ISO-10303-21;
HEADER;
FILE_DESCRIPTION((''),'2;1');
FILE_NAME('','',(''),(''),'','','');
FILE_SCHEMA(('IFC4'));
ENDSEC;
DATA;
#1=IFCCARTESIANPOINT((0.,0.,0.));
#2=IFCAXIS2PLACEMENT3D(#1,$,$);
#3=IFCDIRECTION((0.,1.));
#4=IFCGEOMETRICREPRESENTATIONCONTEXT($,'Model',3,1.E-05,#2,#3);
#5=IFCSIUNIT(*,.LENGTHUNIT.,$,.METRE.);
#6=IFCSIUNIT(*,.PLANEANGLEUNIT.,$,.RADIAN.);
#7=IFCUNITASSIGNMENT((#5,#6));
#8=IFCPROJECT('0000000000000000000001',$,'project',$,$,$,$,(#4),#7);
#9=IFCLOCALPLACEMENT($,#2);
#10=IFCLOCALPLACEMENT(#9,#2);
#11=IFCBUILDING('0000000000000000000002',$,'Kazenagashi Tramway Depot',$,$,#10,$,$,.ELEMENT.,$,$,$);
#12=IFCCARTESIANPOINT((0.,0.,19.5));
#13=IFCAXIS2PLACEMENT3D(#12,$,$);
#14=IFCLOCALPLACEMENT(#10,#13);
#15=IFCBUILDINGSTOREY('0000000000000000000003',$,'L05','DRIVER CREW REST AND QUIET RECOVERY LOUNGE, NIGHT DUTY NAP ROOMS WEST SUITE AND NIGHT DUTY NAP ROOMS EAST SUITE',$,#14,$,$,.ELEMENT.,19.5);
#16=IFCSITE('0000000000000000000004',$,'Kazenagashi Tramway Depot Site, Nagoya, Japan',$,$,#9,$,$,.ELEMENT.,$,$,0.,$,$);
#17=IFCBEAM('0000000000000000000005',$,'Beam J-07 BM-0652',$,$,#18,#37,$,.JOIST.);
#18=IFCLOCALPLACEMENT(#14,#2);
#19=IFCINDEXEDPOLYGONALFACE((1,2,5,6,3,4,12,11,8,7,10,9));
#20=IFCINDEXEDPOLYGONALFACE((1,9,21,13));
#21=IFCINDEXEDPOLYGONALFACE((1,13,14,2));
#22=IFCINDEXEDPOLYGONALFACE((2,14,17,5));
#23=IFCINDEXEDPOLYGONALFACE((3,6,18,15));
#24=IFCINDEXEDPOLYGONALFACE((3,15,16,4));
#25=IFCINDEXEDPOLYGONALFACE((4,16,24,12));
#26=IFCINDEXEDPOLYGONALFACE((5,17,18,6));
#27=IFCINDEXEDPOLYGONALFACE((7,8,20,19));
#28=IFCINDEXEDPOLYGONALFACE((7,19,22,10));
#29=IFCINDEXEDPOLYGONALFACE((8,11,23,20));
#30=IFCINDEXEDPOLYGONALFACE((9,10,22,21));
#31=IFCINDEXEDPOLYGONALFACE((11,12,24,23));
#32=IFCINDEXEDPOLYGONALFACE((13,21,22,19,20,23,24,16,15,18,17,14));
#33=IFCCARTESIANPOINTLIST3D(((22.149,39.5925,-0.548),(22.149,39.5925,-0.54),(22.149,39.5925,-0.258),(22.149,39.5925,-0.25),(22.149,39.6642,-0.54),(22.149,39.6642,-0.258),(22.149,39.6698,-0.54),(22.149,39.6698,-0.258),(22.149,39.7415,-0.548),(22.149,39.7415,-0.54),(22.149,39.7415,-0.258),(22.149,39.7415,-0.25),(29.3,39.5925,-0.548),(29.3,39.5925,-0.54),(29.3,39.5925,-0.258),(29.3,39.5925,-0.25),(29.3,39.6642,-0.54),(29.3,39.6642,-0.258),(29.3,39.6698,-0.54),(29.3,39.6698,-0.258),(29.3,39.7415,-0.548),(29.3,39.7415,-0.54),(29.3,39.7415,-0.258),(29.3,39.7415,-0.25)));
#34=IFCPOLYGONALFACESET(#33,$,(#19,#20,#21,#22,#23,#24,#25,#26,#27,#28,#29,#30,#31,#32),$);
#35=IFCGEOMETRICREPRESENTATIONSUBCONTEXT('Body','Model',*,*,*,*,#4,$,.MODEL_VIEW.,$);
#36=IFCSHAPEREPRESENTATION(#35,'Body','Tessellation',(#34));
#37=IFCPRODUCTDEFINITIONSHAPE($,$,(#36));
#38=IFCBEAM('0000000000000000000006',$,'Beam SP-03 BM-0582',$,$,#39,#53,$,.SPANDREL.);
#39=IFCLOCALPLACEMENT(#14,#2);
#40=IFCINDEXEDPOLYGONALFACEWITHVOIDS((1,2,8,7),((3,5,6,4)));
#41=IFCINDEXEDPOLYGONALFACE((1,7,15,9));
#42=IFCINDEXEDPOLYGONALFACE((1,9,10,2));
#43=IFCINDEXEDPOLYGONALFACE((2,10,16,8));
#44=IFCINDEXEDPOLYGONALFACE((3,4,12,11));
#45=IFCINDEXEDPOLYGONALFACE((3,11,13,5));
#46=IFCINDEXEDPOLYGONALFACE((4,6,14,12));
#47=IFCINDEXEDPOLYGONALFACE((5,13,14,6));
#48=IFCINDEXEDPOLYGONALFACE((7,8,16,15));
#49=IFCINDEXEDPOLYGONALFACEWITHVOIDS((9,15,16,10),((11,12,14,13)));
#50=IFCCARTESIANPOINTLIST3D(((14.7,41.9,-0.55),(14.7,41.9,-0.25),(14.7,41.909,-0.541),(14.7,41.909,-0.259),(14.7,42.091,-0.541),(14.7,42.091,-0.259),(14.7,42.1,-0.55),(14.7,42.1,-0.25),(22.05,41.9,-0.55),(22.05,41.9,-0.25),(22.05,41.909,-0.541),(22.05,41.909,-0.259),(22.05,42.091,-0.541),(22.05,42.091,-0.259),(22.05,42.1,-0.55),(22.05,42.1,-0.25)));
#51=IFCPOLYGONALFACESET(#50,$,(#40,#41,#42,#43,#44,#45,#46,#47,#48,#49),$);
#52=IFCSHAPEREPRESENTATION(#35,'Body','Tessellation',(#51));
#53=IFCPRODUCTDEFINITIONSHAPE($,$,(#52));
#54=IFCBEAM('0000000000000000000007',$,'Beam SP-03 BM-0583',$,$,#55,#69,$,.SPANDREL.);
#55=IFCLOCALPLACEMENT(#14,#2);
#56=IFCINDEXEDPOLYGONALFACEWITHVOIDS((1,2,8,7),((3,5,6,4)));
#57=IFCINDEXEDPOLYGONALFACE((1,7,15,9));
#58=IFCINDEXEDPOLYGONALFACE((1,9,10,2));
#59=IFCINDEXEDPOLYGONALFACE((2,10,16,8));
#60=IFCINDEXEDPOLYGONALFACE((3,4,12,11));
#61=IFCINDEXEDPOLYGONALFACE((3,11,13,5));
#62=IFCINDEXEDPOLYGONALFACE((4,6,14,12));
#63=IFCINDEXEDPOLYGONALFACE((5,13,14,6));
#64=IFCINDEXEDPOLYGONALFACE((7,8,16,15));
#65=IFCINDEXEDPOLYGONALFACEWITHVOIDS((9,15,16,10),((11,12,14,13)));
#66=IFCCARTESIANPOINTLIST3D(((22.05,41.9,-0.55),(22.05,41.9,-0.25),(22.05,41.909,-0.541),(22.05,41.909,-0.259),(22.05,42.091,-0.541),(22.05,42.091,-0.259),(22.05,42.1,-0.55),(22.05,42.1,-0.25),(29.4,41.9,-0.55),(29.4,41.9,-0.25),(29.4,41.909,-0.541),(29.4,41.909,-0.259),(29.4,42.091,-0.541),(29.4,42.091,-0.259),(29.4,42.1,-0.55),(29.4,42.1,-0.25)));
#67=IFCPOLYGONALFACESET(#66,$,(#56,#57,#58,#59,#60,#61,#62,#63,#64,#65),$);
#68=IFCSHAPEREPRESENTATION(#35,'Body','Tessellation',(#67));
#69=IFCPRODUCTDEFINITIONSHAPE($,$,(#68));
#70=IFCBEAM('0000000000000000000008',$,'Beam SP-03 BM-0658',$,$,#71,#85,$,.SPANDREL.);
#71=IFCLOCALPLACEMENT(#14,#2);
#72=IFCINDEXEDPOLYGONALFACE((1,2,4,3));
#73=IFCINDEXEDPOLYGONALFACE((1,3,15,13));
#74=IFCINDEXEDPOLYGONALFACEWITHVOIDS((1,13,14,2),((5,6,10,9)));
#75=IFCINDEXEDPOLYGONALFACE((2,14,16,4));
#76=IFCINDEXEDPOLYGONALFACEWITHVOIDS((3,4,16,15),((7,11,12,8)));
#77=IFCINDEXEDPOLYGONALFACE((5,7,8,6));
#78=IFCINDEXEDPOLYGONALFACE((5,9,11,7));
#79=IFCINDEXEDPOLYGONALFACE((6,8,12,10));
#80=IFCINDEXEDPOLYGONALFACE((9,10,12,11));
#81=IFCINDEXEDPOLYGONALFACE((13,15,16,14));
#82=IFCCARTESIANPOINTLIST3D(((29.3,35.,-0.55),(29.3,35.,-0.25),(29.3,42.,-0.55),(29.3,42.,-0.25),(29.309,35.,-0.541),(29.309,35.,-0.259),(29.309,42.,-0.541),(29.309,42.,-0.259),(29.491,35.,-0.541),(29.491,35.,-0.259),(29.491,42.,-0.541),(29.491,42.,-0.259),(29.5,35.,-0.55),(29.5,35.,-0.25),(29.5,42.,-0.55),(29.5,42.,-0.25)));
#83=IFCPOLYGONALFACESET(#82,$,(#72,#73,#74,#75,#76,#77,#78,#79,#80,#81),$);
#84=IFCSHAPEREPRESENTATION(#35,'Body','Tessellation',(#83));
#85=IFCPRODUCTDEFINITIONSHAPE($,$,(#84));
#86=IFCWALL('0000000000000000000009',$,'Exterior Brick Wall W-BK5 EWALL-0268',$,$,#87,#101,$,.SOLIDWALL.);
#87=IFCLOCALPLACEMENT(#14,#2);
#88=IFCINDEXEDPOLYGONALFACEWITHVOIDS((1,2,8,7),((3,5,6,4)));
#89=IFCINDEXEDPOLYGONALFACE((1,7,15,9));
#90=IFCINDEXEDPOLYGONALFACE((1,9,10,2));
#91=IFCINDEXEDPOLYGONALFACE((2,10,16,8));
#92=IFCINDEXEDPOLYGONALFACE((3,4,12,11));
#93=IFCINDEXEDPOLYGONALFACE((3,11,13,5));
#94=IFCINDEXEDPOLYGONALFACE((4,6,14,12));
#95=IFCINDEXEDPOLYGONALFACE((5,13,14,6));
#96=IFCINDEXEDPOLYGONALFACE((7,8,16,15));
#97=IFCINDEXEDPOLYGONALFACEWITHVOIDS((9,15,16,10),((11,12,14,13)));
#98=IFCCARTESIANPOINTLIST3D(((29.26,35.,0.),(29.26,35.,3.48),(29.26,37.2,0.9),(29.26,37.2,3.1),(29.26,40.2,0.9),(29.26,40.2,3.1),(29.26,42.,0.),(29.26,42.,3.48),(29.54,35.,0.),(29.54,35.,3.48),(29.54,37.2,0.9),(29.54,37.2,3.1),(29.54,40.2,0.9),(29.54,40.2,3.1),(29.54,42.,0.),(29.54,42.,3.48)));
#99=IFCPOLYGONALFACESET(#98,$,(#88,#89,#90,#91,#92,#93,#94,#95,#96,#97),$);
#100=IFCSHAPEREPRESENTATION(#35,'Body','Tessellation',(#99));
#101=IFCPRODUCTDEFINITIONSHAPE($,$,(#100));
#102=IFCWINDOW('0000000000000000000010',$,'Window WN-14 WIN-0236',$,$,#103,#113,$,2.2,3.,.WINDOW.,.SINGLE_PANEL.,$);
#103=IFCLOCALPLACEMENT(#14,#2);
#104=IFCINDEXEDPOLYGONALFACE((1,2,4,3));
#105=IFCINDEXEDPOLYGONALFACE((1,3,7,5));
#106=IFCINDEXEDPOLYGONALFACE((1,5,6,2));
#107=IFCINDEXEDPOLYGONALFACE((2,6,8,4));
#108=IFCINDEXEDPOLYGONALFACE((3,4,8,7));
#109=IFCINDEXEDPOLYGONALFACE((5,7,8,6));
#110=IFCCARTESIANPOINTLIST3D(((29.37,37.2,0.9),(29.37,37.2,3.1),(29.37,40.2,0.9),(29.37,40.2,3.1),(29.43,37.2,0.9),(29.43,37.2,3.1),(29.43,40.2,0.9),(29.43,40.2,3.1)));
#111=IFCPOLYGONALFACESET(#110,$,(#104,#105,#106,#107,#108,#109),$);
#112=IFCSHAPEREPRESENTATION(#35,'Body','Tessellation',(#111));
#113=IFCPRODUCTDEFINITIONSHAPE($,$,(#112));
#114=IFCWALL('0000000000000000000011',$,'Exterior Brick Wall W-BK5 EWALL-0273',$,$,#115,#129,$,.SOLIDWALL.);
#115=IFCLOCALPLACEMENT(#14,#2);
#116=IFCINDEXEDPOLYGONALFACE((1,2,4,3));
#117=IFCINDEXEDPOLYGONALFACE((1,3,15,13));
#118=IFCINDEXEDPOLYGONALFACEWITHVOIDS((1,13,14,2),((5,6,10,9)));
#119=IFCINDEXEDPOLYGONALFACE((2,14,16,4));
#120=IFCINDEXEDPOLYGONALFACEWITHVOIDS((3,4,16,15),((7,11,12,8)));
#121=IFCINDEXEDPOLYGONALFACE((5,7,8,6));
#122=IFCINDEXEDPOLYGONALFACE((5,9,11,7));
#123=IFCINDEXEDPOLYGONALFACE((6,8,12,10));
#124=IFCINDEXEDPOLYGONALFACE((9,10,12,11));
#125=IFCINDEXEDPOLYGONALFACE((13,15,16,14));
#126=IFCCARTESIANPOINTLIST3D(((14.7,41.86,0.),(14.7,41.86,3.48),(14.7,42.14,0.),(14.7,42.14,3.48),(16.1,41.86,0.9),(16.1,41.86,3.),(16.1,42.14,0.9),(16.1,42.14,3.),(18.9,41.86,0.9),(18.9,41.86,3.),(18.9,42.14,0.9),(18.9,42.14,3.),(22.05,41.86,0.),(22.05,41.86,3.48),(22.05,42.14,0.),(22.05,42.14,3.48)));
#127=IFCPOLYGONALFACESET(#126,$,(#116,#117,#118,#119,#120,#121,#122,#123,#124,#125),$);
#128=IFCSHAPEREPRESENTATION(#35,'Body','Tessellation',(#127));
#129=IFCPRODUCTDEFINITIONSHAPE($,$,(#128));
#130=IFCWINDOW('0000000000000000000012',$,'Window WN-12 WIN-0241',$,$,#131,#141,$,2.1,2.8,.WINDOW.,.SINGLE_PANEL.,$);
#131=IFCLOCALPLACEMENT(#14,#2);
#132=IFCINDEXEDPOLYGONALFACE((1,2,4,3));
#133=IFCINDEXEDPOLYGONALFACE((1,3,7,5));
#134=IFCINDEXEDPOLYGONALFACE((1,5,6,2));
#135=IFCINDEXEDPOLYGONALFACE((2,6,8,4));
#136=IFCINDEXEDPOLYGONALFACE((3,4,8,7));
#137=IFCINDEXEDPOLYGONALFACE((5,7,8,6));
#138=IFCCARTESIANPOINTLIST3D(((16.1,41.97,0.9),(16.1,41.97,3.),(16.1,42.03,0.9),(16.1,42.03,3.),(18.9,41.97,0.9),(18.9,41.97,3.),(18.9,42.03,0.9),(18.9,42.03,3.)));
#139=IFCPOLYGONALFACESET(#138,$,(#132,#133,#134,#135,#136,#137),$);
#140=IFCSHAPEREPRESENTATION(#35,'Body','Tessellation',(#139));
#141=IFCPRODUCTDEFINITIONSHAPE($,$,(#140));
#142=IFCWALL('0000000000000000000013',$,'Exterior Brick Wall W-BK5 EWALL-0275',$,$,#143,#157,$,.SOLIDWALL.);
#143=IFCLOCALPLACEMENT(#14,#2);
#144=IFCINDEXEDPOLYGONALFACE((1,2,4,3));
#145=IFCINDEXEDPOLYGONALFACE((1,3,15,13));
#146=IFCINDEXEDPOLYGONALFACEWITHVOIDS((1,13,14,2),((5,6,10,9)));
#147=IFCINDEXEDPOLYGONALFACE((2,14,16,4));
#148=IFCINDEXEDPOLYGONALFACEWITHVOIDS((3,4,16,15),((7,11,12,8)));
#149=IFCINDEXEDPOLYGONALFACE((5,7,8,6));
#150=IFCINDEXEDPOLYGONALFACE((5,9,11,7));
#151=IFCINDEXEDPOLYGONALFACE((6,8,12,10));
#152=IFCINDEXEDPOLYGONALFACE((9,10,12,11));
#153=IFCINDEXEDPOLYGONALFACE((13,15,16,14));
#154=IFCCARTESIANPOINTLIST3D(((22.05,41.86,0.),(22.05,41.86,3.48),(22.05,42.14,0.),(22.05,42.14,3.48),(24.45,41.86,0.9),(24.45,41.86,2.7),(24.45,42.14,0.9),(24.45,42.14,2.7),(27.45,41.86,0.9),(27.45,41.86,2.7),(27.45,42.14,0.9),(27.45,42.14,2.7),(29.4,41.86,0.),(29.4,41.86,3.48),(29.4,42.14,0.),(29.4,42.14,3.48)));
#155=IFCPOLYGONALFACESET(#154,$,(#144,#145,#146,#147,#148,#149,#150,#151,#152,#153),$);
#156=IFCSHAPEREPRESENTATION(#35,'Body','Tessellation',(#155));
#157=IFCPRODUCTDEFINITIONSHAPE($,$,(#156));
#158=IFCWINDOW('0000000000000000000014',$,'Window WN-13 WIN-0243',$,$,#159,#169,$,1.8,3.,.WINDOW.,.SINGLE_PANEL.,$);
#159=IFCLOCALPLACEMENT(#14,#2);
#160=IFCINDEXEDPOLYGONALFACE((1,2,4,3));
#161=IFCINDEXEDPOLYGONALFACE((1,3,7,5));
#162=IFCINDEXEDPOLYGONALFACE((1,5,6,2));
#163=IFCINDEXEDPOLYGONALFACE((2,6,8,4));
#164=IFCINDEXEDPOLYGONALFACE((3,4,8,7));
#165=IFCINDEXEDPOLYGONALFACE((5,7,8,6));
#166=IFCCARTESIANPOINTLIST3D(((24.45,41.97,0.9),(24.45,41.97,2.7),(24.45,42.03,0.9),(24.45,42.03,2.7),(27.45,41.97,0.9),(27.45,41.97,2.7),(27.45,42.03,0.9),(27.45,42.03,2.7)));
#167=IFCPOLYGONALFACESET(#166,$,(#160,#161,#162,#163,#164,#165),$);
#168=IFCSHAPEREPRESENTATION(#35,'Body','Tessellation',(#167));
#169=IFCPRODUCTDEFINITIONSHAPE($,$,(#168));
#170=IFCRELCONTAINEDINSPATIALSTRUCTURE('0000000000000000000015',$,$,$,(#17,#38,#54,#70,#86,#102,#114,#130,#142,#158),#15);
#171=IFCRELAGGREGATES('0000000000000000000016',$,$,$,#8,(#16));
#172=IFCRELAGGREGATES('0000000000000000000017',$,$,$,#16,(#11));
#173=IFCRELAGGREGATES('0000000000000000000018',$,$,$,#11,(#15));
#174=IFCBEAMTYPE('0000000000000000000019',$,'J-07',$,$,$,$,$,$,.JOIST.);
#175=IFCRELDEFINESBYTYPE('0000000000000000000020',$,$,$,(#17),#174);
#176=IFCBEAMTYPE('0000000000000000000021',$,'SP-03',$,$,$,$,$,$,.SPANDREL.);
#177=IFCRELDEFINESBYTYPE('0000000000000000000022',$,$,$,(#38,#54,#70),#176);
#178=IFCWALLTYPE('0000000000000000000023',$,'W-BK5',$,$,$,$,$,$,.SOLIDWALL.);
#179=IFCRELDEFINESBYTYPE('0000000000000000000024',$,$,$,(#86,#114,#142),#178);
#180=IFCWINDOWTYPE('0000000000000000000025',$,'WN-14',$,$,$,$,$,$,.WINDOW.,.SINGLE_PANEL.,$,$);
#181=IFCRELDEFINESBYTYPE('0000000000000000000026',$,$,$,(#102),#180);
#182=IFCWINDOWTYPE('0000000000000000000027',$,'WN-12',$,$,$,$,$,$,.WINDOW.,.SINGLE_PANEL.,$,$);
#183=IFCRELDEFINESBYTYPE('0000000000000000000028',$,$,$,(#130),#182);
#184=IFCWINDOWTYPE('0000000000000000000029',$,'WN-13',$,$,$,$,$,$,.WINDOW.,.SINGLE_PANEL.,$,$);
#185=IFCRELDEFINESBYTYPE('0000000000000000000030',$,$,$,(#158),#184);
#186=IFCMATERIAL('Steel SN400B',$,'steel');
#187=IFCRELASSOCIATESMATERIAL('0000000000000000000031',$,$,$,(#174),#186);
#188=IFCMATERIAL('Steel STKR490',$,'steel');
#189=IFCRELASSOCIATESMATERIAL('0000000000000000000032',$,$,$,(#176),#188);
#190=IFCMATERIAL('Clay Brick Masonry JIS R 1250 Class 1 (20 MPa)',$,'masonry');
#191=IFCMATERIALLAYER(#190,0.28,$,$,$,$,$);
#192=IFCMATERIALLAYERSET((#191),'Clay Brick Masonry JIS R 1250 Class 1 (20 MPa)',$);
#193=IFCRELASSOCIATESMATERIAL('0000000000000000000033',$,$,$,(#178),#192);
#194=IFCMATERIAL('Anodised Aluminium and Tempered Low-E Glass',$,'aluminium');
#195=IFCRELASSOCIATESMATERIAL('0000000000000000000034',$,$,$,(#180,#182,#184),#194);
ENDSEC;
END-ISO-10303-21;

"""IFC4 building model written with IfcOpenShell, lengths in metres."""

from ifc_helpers import new_model, si_unit, direction, frame, frame_2d, origin, origin_2d, place, context, subcontext, project, spatial, rectangle, hollow_rectangle, i_section, extrude, material, layer, layer_set, material_profile, profile_set, type_object, element, fill, save


model = new_model("IFC4")

# Units and contexts
model_context = context("Model", 3, precision=1e-05, world=origin(), true_north=direction((0.0, 1.0)))
body_context = subcontext(model_context, "Body", "Model", "MODEL_VIEW")
ifc_project = project(units=[si_unit("LENGTHUNIT", "METRE"), si_unit("PLANEANGLEUNIT", "RADIAN")], contexts=[model_context])

# Site, building, storey
site_placement = place(None, origin())
site = spatial("IfcSite", under=ifc_project, at=site_placement, Name="Kazenagashi Tramway Depot Site, Nagoya, Japan", CompositionType="ELEMENT", RefElevation=0.0)
building_placement = place(site_placement, origin())
building = spatial("IfcBuilding", under=site, at=building_placement, Name="Kazenagashi Tramway Depot", CompositionType="ELEMENT")
storey_placement = place(building_placement, frame((0.0, 0.0, 19.5)))
storey = spatial("IfcBuildingStorey", under=building, at=storey_placement, Name="L05", Description="DRIVER CREW REST AND QUIET RECOVERY LOUNGE, NIGHT DUTY NAP ROOMS WEST SUITE AND NIGHT DUTY NAP ROOMS EAST SUITE", CompositionType="ELEMENT", Elevation=19.5)

# Shared definitions
ifc_material_1 = material(Name="Steel SN400B", Category="steel")

# Beams
ifc_material_profile_1 = material_profile(ifc_material_1, i_section(OverallWidth=0.149, OverallDepth=0.298, WebThickness=0.0055, FlangeThickness=0.008, at=origin_2d()), Name="H-298x149x5.5x8")
ifc_profile_set_1 = profile_set([ifc_material_profile_1], Name="Steel SN400B")
beam_type_1 = type_object("IfcBeamType", Name="J-07", PredefinedType="JOIST", material=ifc_profile_set_1)
beam_1_placement = place(storey_placement, frame((22.149, 39.667, -0.399), z_axis=(1.0, 0.0, 0.0), x_axis=(0.0, 1.0, 0.0)))
element("IfcBeam", 1, at=beam_1_placement, inside=storey, type_object=beam_type_1, Name="Beam J-07 BM-0652", PredefinedType="JOIST", context=body_context, shape_type="SweptSolid", body=[
    extrude(i_section(OverallWidth=0.149, OverallDepth=0.298, WebThickness=0.0055, FlangeThickness=0.008, at=origin_2d()), origin(), (0.0, 0.0, 1.0), 7.151),
])
ifc_material_2 = material(Name="Steel STKR490", Category="steel")
ifc_material_profile_2 = material_profile(ifc_material_2, hollow_rectangle(XDim=0.2, YDim=0.3, WallThickness=0.009, at=origin_2d()), Name="RHS-300x200x9")
ifc_profile_set_2 = profile_set([ifc_material_profile_2], Name="Steel STKR490")
beam_type_2 = type_object("IfcBeamType", Name="SP-03", PredefinedType="SPANDREL", material=ifc_profile_set_2)
for number, where, z_axis, x_axis, name in (
    (2, (14.7, 42.0, -0.4), (1.0, 0.0, 0.0), (0.0, 1.0, 0.0), "Beam SP-03 BM-0582"),
    (3, (22.05, 42.0, -0.4), (1.0, 0.0, 0.0), (0.0, 1.0, 0.0), "Beam SP-03 BM-0583"),
):
    element("IfcBeam", number, at=place(storey_placement, frame(where, z_axis=z_axis, x_axis=x_axis)), inside=storey, type_object=beam_type_2, Name=name, PredefinedType="SPANDREL", context=body_context, shape_type="SweptSolid", body=[
        extrude(hollow_rectangle(XDim=0.2, YDim=0.3, WallThickness=0.009, at=origin_2d()), origin(), (0.0, 0.0, 1.0), 7.35),
    ])
beam_2_placement = place(storey_placement, frame((29.4, 35.0, -0.4), z_axis=(0.0, 1.0, 0.0), x_axis=(-1.0, 0.0, 0.0)))
element("IfcBeam", 4, at=beam_2_placement, inside=storey, type_object=beam_type_2, Name="Beam SP-03 BM-0658", PredefinedType="SPANDREL", context=body_context, shape_type="SweptSolid", body=[
    extrude(hollow_rectangle(XDim=0.2, YDim=0.3, WallThickness=0.009, at=origin_2d()), origin(), (0.0, 0.0, 1.0), 7.0),
])

# Walls, openings, windows
ifc_material_3 = material(Name="Clay Brick Masonry JIS R 1250 Class 1 (20 MPa)", Category="masonry")
ifc_layer_1 = layer(ifc_material_3, 0.28)
ifc_layer_set_1 = layer_set([ifc_layer_1], Name="Clay Brick Masonry JIS R 1250 Class 1 (20 MPa)")
wall_type_1 = type_object("IfcWallType", Name="W-BK5", PredefinedType="SOLIDWALL", material=ifc_layer_set_1)
wall_1_placement = place(storey_placement, frame((29.4, 35.0, 0.0), z_axis=(0.0, 0.0, 1.0), x_axis=(0.0, 1.0, 0.0)))
wall_1 = element("IfcWall", 5, at=wall_1_placement, inside=storey, type_object=wall_type_1, Name="Exterior Brick Wall W-BK5 EWALL-0268", PredefinedType="SOLIDWALL", context=body_context, shape_type="SweptSolid", body=[
    extrude(rectangle(XDim=7.0, YDim=0.28, at=frame_2d((3.5, 0.0))), origin(), (0.0, 0.0, 1.0), 3.48),
])
opening_1_placement = place(wall_1_placement, frame((2.2, 0.0, 0.9)))
opening_1 = element("IfcOpeningElement", 6, at=opening_1_placement, cuts=wall_1, PredefinedType="OPENING", context=body_context, shape_type="SweptSolid", body=[
    extrude(rectangle(XDim=3.0, YDim=2.2, at=frame_2d((1.5, 1.1))), frame((0.0, 0.15, 0.0), z_axis=(0.0, -1.0, 0.0), x_axis=(1.0, 0.0, 0.0)), (0.0, 0.0, 1.0), 0.3),
])
ifc_material_4 = material(Name="Anodised Aluminium and Tempered Low-E Glass", Category="aluminium")
window_type_1 = type_object("IfcWindowType", Name="WN-14", PartitioningType="SINGLE_PANEL", PredefinedType="WINDOW", material=ifc_material_4)
window_1_placement = place(opening_1_placement, origin())
window_1 = element("IfcWindow", 7, at=window_1_placement, inside=storey, type_object=window_type_1, Name="Window WN-14 WIN-0236", OverallHeight=2.2, OverallWidth=3.0, PartitioningType="SINGLE_PANEL", PredefinedType="WINDOW", context=body_context, shape_type="SweptSolid", body=[
    extrude(rectangle(XDim=3.0, YDim=2.2, at=frame_2d((1.5, 1.1))), frame((0.0, 0.03, 0.0), z_axis=(0.0, -1.0, 0.0), x_axis=(1.0, 0.0, 0.0)), (0.0, 0.0, 1.0), 0.06),
])
fill(opening_1, window_1)
wall_2_placement = place(storey_placement, frame((14.7, 42.0, 0.0), z_axis=(0.0, 0.0, 1.0), x_axis=(1.0, 0.0, 0.0)))
wall_2 = element("IfcWall", 8, at=wall_2_placement, inside=storey, type_object=wall_type_1, Name="Exterior Brick Wall W-BK5 EWALL-0273", PredefinedType="SOLIDWALL", context=body_context, shape_type="SweptSolid", body=[
    extrude(rectangle(XDim=7.35, YDim=0.28, at=frame_2d((3.675, 0.0))), origin(), (0.0, 0.0, 1.0), 3.48),
])
opening_2_placement = place(wall_2_placement, frame((1.4, 0.0, 0.9)))
opening_2 = element("IfcOpeningElement", 9, at=opening_2_placement, cuts=wall_2, PredefinedType="OPENING", context=body_context, shape_type="SweptSolid", body=[
    extrude(rectangle(XDim=2.8, YDim=2.1, at=frame_2d((1.4, 1.05))), frame((0.0, 0.15, 0.0), z_axis=(0.0, -1.0, 0.0), x_axis=(1.0, 0.0, 0.0)), (0.0, 0.0, 1.0), 0.3),
])
window_type_2 = type_object("IfcWindowType", Name="WN-12", PartitioningType="SINGLE_PANEL", PredefinedType="WINDOW", material=ifc_material_4)
window_2_placement = place(opening_2_placement, origin())
window_2 = element("IfcWindow", 10, at=window_2_placement, inside=storey, type_object=window_type_2, Name="Window WN-12 WIN-0241", OverallHeight=2.1, OverallWidth=2.8, PartitioningType="SINGLE_PANEL", PredefinedType="WINDOW", context=body_context, shape_type="SweptSolid", body=[
    extrude(rectangle(XDim=2.8, YDim=2.1, at=frame_2d((1.4, 1.05))), frame((0.0, 0.03, 0.0), z_axis=(0.0, -1.0, 0.0), x_axis=(1.0, 0.0, 0.0)), (0.0, 0.0, 1.0), 0.06),
])
fill(opening_2, window_2)
wall_3_placement = place(storey_placement, frame((22.05, 42.0, 0.0), z_axis=(0.0, 0.0, 1.0), x_axis=(1.0, 0.0, 0.0)))
wall_3 = element("IfcWall", 11, at=wall_3_placement, inside=storey, type_object=wall_type_1, Name="Exterior Brick Wall W-BK5 EWALL-0275", PredefinedType="SOLIDWALL", context=body_context, shape_type="SweptSolid", body=[
    extrude(rectangle(XDim=7.35, YDim=0.28, at=frame_2d((3.675, 0.0))), origin(), (0.0, 0.0, 1.0), 3.48),
])
opening_3_placement = place(wall_3_placement, frame((2.4, 0.0, 0.9)))
opening_3 = element("IfcOpeningElement", 12, at=opening_3_placement, cuts=wall_3, PredefinedType="OPENING", context=body_context, shape_type="SweptSolid", body=[
    extrude(rectangle(XDim=3.0, YDim=1.8, at=frame_2d((1.5, 0.9))), frame((0.0, 0.15, 0.0), z_axis=(0.0, -1.0, 0.0), x_axis=(1.0, 0.0, 0.0)), (0.0, 0.0, 1.0), 0.3),
])
window_type_3 = type_object("IfcWindowType", Name="WN-13", PartitioningType="SINGLE_PANEL", PredefinedType="WINDOW", material=ifc_material_4)
window_3_placement = place(opening_3_placement, origin())
window_3 = element("IfcWindow", 13, at=window_3_placement, inside=storey, type_object=window_type_3, Name="Window WN-13 WIN-0243", OverallHeight=1.8, OverallWidth=3.0, PartitioningType="SINGLE_PANEL", PredefinedType="WINDOW", context=body_context, shape_type="SweptSolid", body=[
    extrude(rectangle(XDim=3.0, YDim=1.8, at=frame_2d((1.5, 0.9))), frame((0.0, 0.03, 0.0), z_axis=(0.0, -1.0, 0.0), x_axis=(1.0, 0.0, 0.0)), (0.0, 0.0, 1.0), 0.06),
])
fill(opening_3, window_3)

save(model, "model.ifc")
